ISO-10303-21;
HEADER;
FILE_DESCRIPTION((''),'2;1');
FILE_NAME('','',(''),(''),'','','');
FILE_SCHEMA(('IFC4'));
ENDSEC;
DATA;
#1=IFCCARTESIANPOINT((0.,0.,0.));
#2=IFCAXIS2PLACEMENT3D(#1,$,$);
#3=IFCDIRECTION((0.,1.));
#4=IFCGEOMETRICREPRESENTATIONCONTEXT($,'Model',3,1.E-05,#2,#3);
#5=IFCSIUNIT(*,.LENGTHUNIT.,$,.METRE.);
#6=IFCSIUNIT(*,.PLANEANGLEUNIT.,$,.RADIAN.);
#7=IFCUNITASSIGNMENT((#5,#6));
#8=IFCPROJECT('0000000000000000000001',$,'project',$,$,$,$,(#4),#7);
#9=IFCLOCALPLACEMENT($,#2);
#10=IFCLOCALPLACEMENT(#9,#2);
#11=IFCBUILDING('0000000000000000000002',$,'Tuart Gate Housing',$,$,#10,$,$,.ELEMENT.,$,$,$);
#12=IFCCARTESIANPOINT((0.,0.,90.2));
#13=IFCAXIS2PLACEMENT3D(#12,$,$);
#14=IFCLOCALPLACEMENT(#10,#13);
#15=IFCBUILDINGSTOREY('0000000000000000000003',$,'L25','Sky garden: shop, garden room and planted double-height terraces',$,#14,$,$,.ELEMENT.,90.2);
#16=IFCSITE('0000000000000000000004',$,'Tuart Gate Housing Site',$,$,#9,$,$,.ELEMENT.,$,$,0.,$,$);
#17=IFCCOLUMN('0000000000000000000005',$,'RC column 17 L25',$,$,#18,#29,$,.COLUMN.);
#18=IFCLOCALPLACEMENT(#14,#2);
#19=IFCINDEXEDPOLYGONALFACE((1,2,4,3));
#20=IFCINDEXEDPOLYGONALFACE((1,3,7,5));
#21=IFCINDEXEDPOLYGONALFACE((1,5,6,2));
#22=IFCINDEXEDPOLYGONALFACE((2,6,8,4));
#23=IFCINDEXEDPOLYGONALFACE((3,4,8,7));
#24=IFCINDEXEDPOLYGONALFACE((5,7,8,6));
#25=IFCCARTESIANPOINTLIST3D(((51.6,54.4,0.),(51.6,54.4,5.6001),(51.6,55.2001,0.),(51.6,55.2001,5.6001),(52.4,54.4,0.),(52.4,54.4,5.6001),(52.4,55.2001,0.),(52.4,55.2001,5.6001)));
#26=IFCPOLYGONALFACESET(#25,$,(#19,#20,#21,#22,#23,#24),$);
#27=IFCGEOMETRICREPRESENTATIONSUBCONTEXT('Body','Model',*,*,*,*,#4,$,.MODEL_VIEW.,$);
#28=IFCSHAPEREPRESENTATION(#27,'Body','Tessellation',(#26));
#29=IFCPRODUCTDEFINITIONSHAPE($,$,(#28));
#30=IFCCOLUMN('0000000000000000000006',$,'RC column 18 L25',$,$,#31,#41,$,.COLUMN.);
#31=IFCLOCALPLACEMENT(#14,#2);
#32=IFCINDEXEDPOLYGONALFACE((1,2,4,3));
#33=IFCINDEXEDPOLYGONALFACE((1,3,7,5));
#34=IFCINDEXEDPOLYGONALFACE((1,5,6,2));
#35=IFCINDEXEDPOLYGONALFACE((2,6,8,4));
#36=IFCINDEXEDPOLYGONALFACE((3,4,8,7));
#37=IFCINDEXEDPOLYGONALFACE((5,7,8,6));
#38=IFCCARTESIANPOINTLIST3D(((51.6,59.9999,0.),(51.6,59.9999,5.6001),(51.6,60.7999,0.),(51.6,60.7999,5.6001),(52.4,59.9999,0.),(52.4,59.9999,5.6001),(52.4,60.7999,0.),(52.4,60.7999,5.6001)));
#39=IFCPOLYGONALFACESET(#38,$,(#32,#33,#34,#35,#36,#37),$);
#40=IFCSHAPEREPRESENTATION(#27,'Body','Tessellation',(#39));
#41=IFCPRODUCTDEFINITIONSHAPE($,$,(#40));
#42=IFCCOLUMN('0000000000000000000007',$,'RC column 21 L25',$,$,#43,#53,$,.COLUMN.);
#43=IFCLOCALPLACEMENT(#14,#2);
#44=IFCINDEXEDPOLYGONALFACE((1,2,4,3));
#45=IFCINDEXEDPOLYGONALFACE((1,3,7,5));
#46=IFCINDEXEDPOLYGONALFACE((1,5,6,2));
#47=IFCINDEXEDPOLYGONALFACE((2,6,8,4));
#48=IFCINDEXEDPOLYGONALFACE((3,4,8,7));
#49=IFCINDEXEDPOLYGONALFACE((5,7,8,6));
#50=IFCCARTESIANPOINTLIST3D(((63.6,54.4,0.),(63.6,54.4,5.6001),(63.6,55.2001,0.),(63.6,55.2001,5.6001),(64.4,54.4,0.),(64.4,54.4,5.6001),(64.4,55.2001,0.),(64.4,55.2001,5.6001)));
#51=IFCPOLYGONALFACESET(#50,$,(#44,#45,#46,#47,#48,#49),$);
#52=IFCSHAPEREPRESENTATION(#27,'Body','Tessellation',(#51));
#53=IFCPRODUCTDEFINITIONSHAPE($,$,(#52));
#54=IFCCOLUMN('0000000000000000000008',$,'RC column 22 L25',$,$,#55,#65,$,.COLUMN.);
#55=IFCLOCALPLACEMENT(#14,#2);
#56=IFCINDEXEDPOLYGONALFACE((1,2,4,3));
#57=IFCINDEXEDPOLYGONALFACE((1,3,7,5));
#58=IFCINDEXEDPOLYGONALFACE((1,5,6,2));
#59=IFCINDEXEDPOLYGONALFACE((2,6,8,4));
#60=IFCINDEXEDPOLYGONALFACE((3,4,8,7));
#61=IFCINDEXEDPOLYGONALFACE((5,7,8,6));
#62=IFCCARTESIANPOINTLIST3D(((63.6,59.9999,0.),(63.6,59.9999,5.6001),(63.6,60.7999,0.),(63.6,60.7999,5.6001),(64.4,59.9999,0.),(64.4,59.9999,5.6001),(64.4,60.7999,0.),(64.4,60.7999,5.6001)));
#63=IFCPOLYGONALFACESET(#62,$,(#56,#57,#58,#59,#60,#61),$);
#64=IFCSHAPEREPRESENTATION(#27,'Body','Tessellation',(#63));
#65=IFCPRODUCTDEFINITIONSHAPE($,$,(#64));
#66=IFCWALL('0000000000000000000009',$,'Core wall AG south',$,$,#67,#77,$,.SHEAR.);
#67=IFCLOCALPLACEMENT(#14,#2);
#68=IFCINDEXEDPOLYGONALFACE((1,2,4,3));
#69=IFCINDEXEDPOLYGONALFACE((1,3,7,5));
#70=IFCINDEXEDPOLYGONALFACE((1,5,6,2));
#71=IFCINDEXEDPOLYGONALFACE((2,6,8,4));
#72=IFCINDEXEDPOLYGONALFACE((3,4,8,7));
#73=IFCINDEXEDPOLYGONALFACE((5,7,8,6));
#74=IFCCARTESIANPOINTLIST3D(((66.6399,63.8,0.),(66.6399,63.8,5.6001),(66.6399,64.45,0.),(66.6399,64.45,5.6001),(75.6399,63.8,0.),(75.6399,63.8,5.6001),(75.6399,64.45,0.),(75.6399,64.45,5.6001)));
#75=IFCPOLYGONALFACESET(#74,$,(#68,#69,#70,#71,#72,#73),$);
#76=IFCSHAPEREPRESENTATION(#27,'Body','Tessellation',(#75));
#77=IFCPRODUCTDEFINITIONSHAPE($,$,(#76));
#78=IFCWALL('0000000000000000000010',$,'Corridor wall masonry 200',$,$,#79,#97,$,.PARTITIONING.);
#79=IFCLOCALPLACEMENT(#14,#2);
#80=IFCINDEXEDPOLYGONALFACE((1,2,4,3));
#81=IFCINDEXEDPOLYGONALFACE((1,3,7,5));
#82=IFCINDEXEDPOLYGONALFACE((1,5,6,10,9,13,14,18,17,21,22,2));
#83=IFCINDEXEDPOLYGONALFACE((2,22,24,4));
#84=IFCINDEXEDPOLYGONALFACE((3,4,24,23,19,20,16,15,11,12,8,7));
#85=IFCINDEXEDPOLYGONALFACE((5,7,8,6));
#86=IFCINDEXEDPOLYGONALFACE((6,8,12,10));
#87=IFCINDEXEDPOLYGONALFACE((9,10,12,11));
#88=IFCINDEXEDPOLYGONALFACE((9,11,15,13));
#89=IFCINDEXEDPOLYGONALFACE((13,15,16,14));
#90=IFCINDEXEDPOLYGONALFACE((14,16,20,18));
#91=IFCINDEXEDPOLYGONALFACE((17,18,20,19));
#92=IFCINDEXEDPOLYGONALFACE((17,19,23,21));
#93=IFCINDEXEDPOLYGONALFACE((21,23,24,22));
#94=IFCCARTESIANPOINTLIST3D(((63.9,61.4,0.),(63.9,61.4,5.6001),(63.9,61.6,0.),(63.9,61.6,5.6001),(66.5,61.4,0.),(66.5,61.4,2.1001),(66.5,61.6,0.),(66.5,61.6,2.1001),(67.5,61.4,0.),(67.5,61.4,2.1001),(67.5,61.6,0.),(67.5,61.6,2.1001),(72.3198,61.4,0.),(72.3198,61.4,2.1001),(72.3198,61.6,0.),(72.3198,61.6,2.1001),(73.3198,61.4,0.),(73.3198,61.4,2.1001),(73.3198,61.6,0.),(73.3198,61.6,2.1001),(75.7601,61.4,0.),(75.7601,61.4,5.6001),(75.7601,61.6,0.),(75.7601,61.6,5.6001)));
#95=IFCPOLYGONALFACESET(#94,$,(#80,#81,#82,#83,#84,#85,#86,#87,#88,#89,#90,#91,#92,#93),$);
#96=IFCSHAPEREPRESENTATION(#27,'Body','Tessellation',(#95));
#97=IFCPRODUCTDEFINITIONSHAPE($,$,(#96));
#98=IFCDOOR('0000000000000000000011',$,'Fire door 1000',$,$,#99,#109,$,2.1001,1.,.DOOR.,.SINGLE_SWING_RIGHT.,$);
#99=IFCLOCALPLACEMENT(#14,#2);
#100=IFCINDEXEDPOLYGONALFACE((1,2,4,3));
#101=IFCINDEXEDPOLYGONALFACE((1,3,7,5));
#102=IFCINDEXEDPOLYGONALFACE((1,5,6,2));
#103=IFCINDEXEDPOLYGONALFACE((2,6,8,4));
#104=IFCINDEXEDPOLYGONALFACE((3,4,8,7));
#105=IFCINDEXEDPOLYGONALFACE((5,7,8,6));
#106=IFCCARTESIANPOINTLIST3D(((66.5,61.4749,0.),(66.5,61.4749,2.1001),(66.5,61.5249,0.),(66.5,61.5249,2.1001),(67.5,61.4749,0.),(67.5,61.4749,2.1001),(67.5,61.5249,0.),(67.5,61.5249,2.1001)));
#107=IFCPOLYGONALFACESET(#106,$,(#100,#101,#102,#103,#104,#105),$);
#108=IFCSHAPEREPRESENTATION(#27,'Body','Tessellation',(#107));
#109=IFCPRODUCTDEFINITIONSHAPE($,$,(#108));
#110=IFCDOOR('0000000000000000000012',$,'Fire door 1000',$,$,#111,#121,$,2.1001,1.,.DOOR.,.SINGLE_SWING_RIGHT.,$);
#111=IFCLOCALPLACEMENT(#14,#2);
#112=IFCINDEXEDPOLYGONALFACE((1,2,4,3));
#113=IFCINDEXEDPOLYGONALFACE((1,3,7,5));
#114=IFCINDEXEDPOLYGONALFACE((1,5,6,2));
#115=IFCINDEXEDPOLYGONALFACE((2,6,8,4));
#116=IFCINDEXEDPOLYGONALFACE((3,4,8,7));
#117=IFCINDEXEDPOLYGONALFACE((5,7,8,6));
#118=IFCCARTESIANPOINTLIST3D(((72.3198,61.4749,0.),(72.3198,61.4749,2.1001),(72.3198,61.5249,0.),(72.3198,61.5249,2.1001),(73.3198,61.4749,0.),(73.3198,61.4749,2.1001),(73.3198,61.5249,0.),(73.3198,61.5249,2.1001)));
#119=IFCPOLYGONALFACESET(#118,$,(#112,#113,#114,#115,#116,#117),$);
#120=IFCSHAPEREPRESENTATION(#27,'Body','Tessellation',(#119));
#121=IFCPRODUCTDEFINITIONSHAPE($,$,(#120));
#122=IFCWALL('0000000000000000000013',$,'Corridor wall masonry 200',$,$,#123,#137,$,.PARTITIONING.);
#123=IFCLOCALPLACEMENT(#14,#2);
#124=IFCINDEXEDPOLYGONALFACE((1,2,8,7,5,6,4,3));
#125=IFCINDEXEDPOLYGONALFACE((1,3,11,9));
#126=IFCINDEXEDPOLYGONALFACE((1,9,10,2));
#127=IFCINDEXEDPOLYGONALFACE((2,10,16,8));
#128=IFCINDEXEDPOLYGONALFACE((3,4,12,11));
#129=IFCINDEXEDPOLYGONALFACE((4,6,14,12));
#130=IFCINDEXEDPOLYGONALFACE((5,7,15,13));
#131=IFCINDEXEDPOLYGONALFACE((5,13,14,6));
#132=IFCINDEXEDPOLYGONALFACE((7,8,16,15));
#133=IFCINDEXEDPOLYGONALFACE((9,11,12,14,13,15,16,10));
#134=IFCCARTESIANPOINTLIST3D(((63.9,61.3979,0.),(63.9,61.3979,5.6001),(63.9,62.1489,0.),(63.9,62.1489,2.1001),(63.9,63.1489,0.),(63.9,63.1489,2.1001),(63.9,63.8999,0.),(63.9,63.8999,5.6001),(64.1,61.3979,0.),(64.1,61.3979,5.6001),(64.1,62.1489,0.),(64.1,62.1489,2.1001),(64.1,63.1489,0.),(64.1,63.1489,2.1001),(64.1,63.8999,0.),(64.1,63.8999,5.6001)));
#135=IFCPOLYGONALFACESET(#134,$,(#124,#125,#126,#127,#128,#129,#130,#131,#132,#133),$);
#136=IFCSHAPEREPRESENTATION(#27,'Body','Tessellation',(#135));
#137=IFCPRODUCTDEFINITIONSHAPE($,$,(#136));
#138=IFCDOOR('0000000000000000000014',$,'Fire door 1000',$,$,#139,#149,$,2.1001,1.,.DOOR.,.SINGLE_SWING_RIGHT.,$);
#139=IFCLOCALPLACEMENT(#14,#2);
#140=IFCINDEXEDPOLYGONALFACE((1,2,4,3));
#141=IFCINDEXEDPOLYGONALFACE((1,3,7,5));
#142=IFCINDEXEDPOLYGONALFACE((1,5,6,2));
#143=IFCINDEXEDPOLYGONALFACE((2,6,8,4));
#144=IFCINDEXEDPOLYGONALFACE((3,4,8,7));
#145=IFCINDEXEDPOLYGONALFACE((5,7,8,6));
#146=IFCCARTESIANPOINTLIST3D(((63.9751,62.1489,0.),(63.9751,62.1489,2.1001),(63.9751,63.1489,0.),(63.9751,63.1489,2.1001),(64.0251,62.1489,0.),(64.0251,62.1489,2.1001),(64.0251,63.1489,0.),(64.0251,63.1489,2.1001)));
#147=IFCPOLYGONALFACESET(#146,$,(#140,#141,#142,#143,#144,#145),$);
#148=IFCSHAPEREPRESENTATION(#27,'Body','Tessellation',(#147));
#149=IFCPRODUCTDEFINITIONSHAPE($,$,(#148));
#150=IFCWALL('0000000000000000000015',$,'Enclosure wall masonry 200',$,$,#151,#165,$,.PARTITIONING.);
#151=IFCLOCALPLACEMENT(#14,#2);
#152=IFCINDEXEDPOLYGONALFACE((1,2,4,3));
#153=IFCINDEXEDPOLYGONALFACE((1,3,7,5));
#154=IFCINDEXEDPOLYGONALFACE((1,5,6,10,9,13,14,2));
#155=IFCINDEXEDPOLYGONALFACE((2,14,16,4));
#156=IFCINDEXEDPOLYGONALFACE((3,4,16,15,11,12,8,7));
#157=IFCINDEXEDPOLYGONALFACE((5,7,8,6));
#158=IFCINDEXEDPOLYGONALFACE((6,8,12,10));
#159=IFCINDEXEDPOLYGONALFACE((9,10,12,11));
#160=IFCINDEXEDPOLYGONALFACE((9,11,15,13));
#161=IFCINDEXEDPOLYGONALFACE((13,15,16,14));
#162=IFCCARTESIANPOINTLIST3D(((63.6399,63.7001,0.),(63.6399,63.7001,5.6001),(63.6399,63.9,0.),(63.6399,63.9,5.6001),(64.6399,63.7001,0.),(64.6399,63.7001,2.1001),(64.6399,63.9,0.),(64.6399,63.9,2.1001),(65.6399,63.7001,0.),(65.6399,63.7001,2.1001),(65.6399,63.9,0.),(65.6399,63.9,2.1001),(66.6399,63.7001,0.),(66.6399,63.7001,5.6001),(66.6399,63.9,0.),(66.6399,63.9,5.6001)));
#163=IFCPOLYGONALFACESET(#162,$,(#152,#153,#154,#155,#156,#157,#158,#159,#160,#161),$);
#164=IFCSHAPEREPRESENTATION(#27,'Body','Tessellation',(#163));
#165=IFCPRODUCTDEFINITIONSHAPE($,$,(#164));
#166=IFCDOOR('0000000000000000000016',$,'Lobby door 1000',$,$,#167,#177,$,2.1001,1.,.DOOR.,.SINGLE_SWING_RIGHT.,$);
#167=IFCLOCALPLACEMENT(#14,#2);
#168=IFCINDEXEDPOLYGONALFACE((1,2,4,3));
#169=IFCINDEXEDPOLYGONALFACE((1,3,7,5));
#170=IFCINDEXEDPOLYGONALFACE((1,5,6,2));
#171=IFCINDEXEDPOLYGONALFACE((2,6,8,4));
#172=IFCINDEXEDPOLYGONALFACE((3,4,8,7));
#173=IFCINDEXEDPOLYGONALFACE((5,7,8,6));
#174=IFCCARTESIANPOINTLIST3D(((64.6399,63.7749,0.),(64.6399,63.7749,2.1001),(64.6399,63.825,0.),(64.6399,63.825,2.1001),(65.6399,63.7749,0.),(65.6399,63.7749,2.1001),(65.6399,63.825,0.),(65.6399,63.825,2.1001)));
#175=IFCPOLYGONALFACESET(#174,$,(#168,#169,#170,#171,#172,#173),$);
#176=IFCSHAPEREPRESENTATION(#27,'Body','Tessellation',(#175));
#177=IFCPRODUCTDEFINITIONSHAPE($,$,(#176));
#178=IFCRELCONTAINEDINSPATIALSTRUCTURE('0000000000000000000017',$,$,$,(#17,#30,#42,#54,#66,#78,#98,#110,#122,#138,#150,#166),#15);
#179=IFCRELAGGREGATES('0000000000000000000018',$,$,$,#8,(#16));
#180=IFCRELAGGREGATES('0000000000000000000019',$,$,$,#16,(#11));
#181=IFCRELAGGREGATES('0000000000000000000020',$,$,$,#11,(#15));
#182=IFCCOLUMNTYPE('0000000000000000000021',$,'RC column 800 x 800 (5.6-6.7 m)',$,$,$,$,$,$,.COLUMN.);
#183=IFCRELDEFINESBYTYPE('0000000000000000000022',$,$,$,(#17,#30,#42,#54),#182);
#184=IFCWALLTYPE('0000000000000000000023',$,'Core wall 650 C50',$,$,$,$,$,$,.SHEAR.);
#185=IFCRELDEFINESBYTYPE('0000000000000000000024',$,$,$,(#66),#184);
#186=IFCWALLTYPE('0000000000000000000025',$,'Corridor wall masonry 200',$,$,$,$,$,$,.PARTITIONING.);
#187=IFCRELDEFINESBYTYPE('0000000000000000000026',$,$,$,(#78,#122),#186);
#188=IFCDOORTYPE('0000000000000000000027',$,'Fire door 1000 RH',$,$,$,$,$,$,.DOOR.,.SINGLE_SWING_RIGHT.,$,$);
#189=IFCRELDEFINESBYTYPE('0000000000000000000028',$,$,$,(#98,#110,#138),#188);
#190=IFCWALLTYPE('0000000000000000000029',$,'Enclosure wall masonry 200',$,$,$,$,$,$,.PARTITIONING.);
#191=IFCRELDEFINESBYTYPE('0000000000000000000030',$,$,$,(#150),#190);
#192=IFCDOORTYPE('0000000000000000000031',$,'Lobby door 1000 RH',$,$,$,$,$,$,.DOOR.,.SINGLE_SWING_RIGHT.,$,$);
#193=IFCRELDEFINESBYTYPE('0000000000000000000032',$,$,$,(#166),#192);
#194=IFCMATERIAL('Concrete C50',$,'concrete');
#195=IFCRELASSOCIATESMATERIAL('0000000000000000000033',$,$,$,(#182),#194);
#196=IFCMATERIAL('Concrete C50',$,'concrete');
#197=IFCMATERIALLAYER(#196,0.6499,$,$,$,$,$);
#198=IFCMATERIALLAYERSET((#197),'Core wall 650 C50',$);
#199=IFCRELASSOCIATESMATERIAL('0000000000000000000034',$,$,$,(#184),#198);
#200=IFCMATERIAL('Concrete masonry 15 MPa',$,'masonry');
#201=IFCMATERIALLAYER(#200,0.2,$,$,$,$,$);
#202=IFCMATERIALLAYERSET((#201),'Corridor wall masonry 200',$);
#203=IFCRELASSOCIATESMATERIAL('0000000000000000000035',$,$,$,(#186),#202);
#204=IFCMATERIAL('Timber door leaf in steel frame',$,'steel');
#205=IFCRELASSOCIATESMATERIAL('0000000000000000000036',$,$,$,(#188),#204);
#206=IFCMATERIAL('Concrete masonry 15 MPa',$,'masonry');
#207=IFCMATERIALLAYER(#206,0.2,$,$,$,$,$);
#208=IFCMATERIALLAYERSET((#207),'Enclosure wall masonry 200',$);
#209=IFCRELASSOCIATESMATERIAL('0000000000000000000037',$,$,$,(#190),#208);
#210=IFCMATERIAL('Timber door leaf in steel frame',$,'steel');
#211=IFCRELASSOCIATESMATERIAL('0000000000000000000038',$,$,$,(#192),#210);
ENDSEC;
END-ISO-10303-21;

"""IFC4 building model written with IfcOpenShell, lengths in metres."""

from ifc_helpers import new_model, si_unit, direction, frame, frame_2d, origin, origin_2d, place, context, subcontext, project, spatial, rectangle, extrude, material, layer, layer_set, material_profile, profile_set, type_object, element, fill, save


model = new_model("IFC4")

# Units and contexts
model_context = context("Model", 3, precision=1e-05, world=origin(), true_north=direction((0.0, 1.0)))
body_context = subcontext(model_context, "Body", "Model", "MODEL_VIEW")
ifc_project = project(units=[si_unit("LENGTHUNIT", "METRE"), si_unit("PLANEANGLEUNIT", "RADIAN")], contexts=[model_context])

# Site, building, storey
site_placement = place(None, origin())
site = spatial("IfcSite", under=ifc_project, at=site_placement, Name="Tuart Gate Housing Site", CompositionType="ELEMENT", RefElevation=0.0)
building_placement = place(site_placement, origin())
building = spatial("IfcBuilding", under=site, at=building_placement, Name="Tuart Gate Housing", CompositionType="ELEMENT")
storey_placement = place(building_placement, frame((0.0, 0.0, 90.2)))
storey = spatial("IfcBuildingStorey", under=building, at=storey_placement, Name="L25", Description="Sky garden: shop, garden room and planted double-height terraces", CompositionType="ELEMENT", Elevation=90.2)

# Columns
ifc_material_1 = material(Name="Concrete C50", Category="concrete")
ifc_material_profile = material_profile(ifc_material_1, rectangle(XDim=0.8, YDim=0.8, at=origin_2d()), Name="RC column 800 x 800 (5.6-6.7 m)")
ifc_profile_set = profile_set([ifc_material_profile], Name="Concrete C50")
column_type = type_object("IfcColumnType", Name="RC column 800 x 800 (5.6-6.7 m)", PredefinedType="COLUMN", material=ifc_profile_set)
for number, where, z_axis, x_axis, name in (
    (1, (52.0, 54.8, 0.0), (0.0, 0.0, 1.0), (1.0, 0.0, 0.0), "RC column 17 L25"),
    (2, (52.0, 60.3999, 0.0), (0.0, 0.0, 1.0), (1.0, 0.0, 0.0), "RC column 18 L25"),
    (3, (64.0, 54.8, 0.0), (0.0, 0.0, 1.0), (1.0, 0.0, 0.0), "RC column 21 L25"),
    (4, (64.0, 60.3999, 0.0), (0.0, 0.0, 1.0), (1.0, 0.0, 0.0), "RC column 22 L25"),
):
    element("IfcColumn", number, at=place(storey_placement, frame(where, z_axis=z_axis, x_axis=x_axis)), inside=storey, type_object=column_type, Name=name, PredefinedType="COLUMN", context=body_context, shape_type="SweptSolid", body=[
        extrude(rectangle(XDim=0.8, YDim=0.8, at=origin_2d()), origin(), (0.0, 0.0, 1.0), 5.6001),
    ])

# Wall
ifc_material_2 = material(Name="Concrete C50", Category="concrete")
ifc_layer_1 = layer(ifc_material_2, 0.6499)
ifc_layer_set_1 = layer_set([ifc_layer_1], Name="Core wall 650 C50")
wall_type_1 = type_object("IfcWallType", Name="Core wall 650 C50", PredefinedType="SHEAR", material=ifc_layer_set_1)
wall_1_placement = place(storey_placement, frame((66.6399, 64.125, 0.0), z_axis=(0.0, 0.0, 1.0), x_axis=(1.0, 0.0, 0.0)))
element("IfcWall", 5, at=wall_1_placement, inside=storey, type_object=wall_type_1, Name="Core wall AG south", PredefinedType="SHEAR", context=body_context, shape_type="SweptSolid", body=[
    extrude(rectangle(XDim=9.0, YDim=0.6499, at=frame_2d((4.5, 0.0))), origin(), (0.0, 0.0, 1.0), 5.6001),
])

# Wall, openings, doors
ifc_material_3 = material(Name="Concrete masonry 15 MPa", Category="masonry")
ifc_layer_2 = layer(ifc_material_3, 0.2)
ifc_layer_set_2 = layer_set([ifc_layer_2], Name="Corridor wall masonry 200")
wall_type_2 = type_object("IfcWallType", Name="Corridor wall masonry 200", PredefinedType="PARTITIONING", material=ifc_layer_set_2)
wall_2_placement = place(storey_placement, frame((63.8999, 61.5, 0.0), z_axis=(0.0, 0.0, 1.0), x_axis=(1.0, 0.0, 0.0)))
wall_2 = element("IfcWall", 6, at=wall_2_placement, inside=storey, type_object=wall_type_2, Name="Corridor wall masonry 200", PredefinedType="PARTITIONING", context=body_context, shape_type="SweptSolid", body=[
    extrude(rectangle(XDim=11.8601, YDim=0.2, at=frame_2d((5.9302, 0.0))), origin(), (0.0, 0.0, 1.0), 5.6001),
])
opening_1_placement = place(wall_2_placement, frame((2.6001, 0.0, 0.0)))
opening_1 = element("IfcOpeningElement", 7, at=opening_1_placement, cuts=wall_2, PredefinedType="OPENING", context=body_context, shape_type="SweptSolid", body=[
    extrude(rectangle(XDim=1.0, YDim=2.1001, at=frame_2d((0.5, 1.05))), frame((0.0, 0.1099, 0.0), z_axis=(0.0, -1.0, 0.0), x_axis=(1.0, 0.0, 0.0)), (0.0, 0.0, 1.0), 0.22),
])
opening_2_placement = place(wall_2_placement, frame((8.4199, 0.0, 0.0)))
opening_2 = element("IfcOpeningElement", 8, at=opening_2_placement, cuts=wall_2, PredefinedType="OPENING", context=body_context, shape_type="SweptSolid", body=[
    extrude(rectangle(XDim=1.0, YDim=2.1001, at=frame_2d((0.5, 1.05))), frame((0.0, 0.1099, 0.0), z_axis=(0.0, -1.0, 0.0), x_axis=(1.0, 0.0, 0.0)), (0.0, 0.0, 1.0), 0.22),
])
ifc_material_4 = material(Name="Timber door leaf in steel frame", Category="steel")
door_type_1 = type_object("IfcDoorType", Name="Fire door 1000 RH", OperationType="SINGLE_SWING_RIGHT", PredefinedType="DOOR", material=ifc_material_4)
door_1_placement = place(opening_1_placement, frame((1.0, 0.0, 0.0), z_axis=(0.0, 0.0, 1.0), x_axis=(-1.0, 0.0, 0.0)))
door_1 = element("IfcDoor", 9, at=door_1_placement, inside=storey, type_object=door_type_1, Name="Fire door 1000", OperationType="SINGLE_SWING_RIGHT", OverallHeight=2.1001, OverallWidth=1.0, PredefinedType="DOOR", context=body_context, shape_type="SweptSolid", body=[
    extrude(rectangle(XDim=1.0, YDim=2.1001, at=frame_2d((0.5, 1.05))), frame((0.0, 0.0251, 0.0), z_axis=(0.0, -1.0, 0.0), x_axis=(1.0, 0.0, 0.0)), (0.0, 0.0, 1.0), 0.05),
])
fill(opening_1, door_1)
door_2_placement = place(opening_2_placement, frame((1.0, 0.0, 0.0), z_axis=(0.0, 0.0, 1.0), x_axis=(-1.0, 0.0, 0.0)))
door_2 = element("IfcDoor", 10, at=door_2_placement, inside=storey, type_object=door_type_1, Name="Fire door 1000", OperationType="SINGLE_SWING_RIGHT", OverallHeight=2.1001, OverallWidth=1.0, PredefinedType="DOOR", context=body_context, shape_type="SweptSolid", body=[
    extrude(rectangle(XDim=1.0, YDim=2.1001, at=frame_2d((0.5, 1.05))), frame((0.0, 0.0251, 0.0), z_axis=(0.0, -1.0, 0.0), x_axis=(1.0, 0.0, 0.0)), (0.0, 0.0, 1.0), 0.05),
])
fill(opening_2, door_2)

# Walls, openings, doors
wall_3_placement = place(storey_placement, frame((64.0, 61.3979, 0.0), z_axis=(0.0, 0.0, 1.0), x_axis=(0.0, 1.0, 0.0)))
wall_3 = element("IfcWall", 11, at=wall_3_placement, inside=storey, type_object=wall_type_2, Name="Corridor wall masonry 200", PredefinedType="PARTITIONING", context=body_context, shape_type="SweptSolid", body=[
    extrude(rectangle(XDim=2.502, YDim=0.2, at=frame_2d((1.251, 0.0))), origin(), (0.0, 0.0, 1.0), 5.6001),
])
opening_3_placement = place(wall_3_placement, frame((0.751, 0.0, 0.0)))
opening_3 = element("IfcOpeningElement", 12, at=opening_3_placement, cuts=wall_3, PredefinedType="OPENING", context=body_context, shape_type="SweptSolid", body=[
    extrude(rectangle(XDim=1.0, YDim=2.1001, at=frame_2d((0.5, 1.05))), frame((0.0, 0.1099, 0.0), z_axis=(0.0, -1.0, 0.0), x_axis=(1.0, 0.0, 0.0)), (0.0, 0.0, 1.0), 0.22),
])
door_3_placement = place(opening_3_placement, origin())
door_3 = element("IfcDoor", 13, at=door_3_placement, inside=storey, type_object=door_type_1, Name="Fire door 1000", OperationType="SINGLE_SWING_RIGHT", OverallHeight=2.1001, OverallWidth=1.0, PredefinedType="DOOR", context=body_context, shape_type="SweptSolid", body=[
    extrude(rectangle(XDim=1.0, YDim=2.1001, at=frame_2d((0.5, 1.05))), frame((0.0, 0.0249, 0.0), z_axis=(0.0, -1.0, 0.0), x_axis=(1.0, 0.0, 0.0)), (0.0, 0.0, 1.0), 0.05),
])
fill(opening_3, door_3)
ifc_material_5 = material(Name="Concrete masonry 15 MPa", Category="masonry")
ifc_layer_3 = layer(ifc_material_5, 0.2)
ifc_layer_set_3 = layer_set([ifc_layer_3], Name="Enclosure wall masonry 200")
wall_type_3 = type_object("IfcWallType", Name="Enclosure wall masonry 200", PredefinedType="PARTITIONING", material=ifc_layer_set_3)
wall_4_placement = place(storey_placement, frame((63.6399, 63.8, 0.0), z_axis=(0.0, 0.0, 1.0), x_axis=(1.0, 0.0, 0.0)))
wall_4 = element("IfcWall", 14, at=wall_4_placement, inside=storey, type_object=wall_type_3, Name="Enclosure wall masonry 200", PredefinedType="PARTITIONING", context=body_context, shape_type="SweptSolid", body=[
    extrude(rectangle(XDim=3.0, YDim=0.2, at=frame_2d((1.5, 0.0))), origin(), (0.0, 0.0, 1.0), 5.6001),
])
opening_4_placement = place(wall_4_placement, frame((1.0, 0.0, 0.0)))
opening_4 = element("IfcOpeningElement", 15, at=opening_4_placement, cuts=wall_4, PredefinedType="OPENING", context=body_context, shape_type="SweptSolid", body=[
    extrude(rectangle(XDim=1.0, YDim=2.1001, at=frame_2d((0.5, 1.05))), frame((0.0, 0.1099, 0.0), z_axis=(0.0, -1.0, 0.0), x_axis=(1.0, 0.0, 0.0)), (0.0, 0.0, 1.0), 0.22),
])
ifc_material_6 = material(Name="Timber door leaf in steel frame", Category="steel")
door_type_2 = type_object("IfcDoorType", Name="Lobby door 1000 RH", OperationType="SINGLE_SWING_RIGHT", PredefinedType="DOOR", material=ifc_material_6)
door_4_placement = place(opening_4_placement, frame((1.0, 0.0, 0.0), z_axis=(0.0, 0.0, 1.0), x_axis=(-1.0, 0.0, 0.0)))
door_4 = element("IfcDoor", 16, at=door_4_placement, inside=storey, type_object=door_type_2, Name="Lobby door 1000", OperationType="SINGLE_SWING_RIGHT", OverallHeight=2.1001, OverallWidth=1.0, PredefinedType="DOOR", context=body_context, shape_type="SweptSolid", body=[
    extrude(rectangle(XDim=1.0, YDim=2.1001, at=frame_2d((0.5, 1.05))), frame((0.0, 0.0251, 0.0), z_axis=(0.0, -1.0, 0.0), x_axis=(1.0, 0.0, 0.0)), (0.0, 0.0, 1.0), 0.05),
])
fill(opening_4, door_4)

save(model, "model.ifc")
